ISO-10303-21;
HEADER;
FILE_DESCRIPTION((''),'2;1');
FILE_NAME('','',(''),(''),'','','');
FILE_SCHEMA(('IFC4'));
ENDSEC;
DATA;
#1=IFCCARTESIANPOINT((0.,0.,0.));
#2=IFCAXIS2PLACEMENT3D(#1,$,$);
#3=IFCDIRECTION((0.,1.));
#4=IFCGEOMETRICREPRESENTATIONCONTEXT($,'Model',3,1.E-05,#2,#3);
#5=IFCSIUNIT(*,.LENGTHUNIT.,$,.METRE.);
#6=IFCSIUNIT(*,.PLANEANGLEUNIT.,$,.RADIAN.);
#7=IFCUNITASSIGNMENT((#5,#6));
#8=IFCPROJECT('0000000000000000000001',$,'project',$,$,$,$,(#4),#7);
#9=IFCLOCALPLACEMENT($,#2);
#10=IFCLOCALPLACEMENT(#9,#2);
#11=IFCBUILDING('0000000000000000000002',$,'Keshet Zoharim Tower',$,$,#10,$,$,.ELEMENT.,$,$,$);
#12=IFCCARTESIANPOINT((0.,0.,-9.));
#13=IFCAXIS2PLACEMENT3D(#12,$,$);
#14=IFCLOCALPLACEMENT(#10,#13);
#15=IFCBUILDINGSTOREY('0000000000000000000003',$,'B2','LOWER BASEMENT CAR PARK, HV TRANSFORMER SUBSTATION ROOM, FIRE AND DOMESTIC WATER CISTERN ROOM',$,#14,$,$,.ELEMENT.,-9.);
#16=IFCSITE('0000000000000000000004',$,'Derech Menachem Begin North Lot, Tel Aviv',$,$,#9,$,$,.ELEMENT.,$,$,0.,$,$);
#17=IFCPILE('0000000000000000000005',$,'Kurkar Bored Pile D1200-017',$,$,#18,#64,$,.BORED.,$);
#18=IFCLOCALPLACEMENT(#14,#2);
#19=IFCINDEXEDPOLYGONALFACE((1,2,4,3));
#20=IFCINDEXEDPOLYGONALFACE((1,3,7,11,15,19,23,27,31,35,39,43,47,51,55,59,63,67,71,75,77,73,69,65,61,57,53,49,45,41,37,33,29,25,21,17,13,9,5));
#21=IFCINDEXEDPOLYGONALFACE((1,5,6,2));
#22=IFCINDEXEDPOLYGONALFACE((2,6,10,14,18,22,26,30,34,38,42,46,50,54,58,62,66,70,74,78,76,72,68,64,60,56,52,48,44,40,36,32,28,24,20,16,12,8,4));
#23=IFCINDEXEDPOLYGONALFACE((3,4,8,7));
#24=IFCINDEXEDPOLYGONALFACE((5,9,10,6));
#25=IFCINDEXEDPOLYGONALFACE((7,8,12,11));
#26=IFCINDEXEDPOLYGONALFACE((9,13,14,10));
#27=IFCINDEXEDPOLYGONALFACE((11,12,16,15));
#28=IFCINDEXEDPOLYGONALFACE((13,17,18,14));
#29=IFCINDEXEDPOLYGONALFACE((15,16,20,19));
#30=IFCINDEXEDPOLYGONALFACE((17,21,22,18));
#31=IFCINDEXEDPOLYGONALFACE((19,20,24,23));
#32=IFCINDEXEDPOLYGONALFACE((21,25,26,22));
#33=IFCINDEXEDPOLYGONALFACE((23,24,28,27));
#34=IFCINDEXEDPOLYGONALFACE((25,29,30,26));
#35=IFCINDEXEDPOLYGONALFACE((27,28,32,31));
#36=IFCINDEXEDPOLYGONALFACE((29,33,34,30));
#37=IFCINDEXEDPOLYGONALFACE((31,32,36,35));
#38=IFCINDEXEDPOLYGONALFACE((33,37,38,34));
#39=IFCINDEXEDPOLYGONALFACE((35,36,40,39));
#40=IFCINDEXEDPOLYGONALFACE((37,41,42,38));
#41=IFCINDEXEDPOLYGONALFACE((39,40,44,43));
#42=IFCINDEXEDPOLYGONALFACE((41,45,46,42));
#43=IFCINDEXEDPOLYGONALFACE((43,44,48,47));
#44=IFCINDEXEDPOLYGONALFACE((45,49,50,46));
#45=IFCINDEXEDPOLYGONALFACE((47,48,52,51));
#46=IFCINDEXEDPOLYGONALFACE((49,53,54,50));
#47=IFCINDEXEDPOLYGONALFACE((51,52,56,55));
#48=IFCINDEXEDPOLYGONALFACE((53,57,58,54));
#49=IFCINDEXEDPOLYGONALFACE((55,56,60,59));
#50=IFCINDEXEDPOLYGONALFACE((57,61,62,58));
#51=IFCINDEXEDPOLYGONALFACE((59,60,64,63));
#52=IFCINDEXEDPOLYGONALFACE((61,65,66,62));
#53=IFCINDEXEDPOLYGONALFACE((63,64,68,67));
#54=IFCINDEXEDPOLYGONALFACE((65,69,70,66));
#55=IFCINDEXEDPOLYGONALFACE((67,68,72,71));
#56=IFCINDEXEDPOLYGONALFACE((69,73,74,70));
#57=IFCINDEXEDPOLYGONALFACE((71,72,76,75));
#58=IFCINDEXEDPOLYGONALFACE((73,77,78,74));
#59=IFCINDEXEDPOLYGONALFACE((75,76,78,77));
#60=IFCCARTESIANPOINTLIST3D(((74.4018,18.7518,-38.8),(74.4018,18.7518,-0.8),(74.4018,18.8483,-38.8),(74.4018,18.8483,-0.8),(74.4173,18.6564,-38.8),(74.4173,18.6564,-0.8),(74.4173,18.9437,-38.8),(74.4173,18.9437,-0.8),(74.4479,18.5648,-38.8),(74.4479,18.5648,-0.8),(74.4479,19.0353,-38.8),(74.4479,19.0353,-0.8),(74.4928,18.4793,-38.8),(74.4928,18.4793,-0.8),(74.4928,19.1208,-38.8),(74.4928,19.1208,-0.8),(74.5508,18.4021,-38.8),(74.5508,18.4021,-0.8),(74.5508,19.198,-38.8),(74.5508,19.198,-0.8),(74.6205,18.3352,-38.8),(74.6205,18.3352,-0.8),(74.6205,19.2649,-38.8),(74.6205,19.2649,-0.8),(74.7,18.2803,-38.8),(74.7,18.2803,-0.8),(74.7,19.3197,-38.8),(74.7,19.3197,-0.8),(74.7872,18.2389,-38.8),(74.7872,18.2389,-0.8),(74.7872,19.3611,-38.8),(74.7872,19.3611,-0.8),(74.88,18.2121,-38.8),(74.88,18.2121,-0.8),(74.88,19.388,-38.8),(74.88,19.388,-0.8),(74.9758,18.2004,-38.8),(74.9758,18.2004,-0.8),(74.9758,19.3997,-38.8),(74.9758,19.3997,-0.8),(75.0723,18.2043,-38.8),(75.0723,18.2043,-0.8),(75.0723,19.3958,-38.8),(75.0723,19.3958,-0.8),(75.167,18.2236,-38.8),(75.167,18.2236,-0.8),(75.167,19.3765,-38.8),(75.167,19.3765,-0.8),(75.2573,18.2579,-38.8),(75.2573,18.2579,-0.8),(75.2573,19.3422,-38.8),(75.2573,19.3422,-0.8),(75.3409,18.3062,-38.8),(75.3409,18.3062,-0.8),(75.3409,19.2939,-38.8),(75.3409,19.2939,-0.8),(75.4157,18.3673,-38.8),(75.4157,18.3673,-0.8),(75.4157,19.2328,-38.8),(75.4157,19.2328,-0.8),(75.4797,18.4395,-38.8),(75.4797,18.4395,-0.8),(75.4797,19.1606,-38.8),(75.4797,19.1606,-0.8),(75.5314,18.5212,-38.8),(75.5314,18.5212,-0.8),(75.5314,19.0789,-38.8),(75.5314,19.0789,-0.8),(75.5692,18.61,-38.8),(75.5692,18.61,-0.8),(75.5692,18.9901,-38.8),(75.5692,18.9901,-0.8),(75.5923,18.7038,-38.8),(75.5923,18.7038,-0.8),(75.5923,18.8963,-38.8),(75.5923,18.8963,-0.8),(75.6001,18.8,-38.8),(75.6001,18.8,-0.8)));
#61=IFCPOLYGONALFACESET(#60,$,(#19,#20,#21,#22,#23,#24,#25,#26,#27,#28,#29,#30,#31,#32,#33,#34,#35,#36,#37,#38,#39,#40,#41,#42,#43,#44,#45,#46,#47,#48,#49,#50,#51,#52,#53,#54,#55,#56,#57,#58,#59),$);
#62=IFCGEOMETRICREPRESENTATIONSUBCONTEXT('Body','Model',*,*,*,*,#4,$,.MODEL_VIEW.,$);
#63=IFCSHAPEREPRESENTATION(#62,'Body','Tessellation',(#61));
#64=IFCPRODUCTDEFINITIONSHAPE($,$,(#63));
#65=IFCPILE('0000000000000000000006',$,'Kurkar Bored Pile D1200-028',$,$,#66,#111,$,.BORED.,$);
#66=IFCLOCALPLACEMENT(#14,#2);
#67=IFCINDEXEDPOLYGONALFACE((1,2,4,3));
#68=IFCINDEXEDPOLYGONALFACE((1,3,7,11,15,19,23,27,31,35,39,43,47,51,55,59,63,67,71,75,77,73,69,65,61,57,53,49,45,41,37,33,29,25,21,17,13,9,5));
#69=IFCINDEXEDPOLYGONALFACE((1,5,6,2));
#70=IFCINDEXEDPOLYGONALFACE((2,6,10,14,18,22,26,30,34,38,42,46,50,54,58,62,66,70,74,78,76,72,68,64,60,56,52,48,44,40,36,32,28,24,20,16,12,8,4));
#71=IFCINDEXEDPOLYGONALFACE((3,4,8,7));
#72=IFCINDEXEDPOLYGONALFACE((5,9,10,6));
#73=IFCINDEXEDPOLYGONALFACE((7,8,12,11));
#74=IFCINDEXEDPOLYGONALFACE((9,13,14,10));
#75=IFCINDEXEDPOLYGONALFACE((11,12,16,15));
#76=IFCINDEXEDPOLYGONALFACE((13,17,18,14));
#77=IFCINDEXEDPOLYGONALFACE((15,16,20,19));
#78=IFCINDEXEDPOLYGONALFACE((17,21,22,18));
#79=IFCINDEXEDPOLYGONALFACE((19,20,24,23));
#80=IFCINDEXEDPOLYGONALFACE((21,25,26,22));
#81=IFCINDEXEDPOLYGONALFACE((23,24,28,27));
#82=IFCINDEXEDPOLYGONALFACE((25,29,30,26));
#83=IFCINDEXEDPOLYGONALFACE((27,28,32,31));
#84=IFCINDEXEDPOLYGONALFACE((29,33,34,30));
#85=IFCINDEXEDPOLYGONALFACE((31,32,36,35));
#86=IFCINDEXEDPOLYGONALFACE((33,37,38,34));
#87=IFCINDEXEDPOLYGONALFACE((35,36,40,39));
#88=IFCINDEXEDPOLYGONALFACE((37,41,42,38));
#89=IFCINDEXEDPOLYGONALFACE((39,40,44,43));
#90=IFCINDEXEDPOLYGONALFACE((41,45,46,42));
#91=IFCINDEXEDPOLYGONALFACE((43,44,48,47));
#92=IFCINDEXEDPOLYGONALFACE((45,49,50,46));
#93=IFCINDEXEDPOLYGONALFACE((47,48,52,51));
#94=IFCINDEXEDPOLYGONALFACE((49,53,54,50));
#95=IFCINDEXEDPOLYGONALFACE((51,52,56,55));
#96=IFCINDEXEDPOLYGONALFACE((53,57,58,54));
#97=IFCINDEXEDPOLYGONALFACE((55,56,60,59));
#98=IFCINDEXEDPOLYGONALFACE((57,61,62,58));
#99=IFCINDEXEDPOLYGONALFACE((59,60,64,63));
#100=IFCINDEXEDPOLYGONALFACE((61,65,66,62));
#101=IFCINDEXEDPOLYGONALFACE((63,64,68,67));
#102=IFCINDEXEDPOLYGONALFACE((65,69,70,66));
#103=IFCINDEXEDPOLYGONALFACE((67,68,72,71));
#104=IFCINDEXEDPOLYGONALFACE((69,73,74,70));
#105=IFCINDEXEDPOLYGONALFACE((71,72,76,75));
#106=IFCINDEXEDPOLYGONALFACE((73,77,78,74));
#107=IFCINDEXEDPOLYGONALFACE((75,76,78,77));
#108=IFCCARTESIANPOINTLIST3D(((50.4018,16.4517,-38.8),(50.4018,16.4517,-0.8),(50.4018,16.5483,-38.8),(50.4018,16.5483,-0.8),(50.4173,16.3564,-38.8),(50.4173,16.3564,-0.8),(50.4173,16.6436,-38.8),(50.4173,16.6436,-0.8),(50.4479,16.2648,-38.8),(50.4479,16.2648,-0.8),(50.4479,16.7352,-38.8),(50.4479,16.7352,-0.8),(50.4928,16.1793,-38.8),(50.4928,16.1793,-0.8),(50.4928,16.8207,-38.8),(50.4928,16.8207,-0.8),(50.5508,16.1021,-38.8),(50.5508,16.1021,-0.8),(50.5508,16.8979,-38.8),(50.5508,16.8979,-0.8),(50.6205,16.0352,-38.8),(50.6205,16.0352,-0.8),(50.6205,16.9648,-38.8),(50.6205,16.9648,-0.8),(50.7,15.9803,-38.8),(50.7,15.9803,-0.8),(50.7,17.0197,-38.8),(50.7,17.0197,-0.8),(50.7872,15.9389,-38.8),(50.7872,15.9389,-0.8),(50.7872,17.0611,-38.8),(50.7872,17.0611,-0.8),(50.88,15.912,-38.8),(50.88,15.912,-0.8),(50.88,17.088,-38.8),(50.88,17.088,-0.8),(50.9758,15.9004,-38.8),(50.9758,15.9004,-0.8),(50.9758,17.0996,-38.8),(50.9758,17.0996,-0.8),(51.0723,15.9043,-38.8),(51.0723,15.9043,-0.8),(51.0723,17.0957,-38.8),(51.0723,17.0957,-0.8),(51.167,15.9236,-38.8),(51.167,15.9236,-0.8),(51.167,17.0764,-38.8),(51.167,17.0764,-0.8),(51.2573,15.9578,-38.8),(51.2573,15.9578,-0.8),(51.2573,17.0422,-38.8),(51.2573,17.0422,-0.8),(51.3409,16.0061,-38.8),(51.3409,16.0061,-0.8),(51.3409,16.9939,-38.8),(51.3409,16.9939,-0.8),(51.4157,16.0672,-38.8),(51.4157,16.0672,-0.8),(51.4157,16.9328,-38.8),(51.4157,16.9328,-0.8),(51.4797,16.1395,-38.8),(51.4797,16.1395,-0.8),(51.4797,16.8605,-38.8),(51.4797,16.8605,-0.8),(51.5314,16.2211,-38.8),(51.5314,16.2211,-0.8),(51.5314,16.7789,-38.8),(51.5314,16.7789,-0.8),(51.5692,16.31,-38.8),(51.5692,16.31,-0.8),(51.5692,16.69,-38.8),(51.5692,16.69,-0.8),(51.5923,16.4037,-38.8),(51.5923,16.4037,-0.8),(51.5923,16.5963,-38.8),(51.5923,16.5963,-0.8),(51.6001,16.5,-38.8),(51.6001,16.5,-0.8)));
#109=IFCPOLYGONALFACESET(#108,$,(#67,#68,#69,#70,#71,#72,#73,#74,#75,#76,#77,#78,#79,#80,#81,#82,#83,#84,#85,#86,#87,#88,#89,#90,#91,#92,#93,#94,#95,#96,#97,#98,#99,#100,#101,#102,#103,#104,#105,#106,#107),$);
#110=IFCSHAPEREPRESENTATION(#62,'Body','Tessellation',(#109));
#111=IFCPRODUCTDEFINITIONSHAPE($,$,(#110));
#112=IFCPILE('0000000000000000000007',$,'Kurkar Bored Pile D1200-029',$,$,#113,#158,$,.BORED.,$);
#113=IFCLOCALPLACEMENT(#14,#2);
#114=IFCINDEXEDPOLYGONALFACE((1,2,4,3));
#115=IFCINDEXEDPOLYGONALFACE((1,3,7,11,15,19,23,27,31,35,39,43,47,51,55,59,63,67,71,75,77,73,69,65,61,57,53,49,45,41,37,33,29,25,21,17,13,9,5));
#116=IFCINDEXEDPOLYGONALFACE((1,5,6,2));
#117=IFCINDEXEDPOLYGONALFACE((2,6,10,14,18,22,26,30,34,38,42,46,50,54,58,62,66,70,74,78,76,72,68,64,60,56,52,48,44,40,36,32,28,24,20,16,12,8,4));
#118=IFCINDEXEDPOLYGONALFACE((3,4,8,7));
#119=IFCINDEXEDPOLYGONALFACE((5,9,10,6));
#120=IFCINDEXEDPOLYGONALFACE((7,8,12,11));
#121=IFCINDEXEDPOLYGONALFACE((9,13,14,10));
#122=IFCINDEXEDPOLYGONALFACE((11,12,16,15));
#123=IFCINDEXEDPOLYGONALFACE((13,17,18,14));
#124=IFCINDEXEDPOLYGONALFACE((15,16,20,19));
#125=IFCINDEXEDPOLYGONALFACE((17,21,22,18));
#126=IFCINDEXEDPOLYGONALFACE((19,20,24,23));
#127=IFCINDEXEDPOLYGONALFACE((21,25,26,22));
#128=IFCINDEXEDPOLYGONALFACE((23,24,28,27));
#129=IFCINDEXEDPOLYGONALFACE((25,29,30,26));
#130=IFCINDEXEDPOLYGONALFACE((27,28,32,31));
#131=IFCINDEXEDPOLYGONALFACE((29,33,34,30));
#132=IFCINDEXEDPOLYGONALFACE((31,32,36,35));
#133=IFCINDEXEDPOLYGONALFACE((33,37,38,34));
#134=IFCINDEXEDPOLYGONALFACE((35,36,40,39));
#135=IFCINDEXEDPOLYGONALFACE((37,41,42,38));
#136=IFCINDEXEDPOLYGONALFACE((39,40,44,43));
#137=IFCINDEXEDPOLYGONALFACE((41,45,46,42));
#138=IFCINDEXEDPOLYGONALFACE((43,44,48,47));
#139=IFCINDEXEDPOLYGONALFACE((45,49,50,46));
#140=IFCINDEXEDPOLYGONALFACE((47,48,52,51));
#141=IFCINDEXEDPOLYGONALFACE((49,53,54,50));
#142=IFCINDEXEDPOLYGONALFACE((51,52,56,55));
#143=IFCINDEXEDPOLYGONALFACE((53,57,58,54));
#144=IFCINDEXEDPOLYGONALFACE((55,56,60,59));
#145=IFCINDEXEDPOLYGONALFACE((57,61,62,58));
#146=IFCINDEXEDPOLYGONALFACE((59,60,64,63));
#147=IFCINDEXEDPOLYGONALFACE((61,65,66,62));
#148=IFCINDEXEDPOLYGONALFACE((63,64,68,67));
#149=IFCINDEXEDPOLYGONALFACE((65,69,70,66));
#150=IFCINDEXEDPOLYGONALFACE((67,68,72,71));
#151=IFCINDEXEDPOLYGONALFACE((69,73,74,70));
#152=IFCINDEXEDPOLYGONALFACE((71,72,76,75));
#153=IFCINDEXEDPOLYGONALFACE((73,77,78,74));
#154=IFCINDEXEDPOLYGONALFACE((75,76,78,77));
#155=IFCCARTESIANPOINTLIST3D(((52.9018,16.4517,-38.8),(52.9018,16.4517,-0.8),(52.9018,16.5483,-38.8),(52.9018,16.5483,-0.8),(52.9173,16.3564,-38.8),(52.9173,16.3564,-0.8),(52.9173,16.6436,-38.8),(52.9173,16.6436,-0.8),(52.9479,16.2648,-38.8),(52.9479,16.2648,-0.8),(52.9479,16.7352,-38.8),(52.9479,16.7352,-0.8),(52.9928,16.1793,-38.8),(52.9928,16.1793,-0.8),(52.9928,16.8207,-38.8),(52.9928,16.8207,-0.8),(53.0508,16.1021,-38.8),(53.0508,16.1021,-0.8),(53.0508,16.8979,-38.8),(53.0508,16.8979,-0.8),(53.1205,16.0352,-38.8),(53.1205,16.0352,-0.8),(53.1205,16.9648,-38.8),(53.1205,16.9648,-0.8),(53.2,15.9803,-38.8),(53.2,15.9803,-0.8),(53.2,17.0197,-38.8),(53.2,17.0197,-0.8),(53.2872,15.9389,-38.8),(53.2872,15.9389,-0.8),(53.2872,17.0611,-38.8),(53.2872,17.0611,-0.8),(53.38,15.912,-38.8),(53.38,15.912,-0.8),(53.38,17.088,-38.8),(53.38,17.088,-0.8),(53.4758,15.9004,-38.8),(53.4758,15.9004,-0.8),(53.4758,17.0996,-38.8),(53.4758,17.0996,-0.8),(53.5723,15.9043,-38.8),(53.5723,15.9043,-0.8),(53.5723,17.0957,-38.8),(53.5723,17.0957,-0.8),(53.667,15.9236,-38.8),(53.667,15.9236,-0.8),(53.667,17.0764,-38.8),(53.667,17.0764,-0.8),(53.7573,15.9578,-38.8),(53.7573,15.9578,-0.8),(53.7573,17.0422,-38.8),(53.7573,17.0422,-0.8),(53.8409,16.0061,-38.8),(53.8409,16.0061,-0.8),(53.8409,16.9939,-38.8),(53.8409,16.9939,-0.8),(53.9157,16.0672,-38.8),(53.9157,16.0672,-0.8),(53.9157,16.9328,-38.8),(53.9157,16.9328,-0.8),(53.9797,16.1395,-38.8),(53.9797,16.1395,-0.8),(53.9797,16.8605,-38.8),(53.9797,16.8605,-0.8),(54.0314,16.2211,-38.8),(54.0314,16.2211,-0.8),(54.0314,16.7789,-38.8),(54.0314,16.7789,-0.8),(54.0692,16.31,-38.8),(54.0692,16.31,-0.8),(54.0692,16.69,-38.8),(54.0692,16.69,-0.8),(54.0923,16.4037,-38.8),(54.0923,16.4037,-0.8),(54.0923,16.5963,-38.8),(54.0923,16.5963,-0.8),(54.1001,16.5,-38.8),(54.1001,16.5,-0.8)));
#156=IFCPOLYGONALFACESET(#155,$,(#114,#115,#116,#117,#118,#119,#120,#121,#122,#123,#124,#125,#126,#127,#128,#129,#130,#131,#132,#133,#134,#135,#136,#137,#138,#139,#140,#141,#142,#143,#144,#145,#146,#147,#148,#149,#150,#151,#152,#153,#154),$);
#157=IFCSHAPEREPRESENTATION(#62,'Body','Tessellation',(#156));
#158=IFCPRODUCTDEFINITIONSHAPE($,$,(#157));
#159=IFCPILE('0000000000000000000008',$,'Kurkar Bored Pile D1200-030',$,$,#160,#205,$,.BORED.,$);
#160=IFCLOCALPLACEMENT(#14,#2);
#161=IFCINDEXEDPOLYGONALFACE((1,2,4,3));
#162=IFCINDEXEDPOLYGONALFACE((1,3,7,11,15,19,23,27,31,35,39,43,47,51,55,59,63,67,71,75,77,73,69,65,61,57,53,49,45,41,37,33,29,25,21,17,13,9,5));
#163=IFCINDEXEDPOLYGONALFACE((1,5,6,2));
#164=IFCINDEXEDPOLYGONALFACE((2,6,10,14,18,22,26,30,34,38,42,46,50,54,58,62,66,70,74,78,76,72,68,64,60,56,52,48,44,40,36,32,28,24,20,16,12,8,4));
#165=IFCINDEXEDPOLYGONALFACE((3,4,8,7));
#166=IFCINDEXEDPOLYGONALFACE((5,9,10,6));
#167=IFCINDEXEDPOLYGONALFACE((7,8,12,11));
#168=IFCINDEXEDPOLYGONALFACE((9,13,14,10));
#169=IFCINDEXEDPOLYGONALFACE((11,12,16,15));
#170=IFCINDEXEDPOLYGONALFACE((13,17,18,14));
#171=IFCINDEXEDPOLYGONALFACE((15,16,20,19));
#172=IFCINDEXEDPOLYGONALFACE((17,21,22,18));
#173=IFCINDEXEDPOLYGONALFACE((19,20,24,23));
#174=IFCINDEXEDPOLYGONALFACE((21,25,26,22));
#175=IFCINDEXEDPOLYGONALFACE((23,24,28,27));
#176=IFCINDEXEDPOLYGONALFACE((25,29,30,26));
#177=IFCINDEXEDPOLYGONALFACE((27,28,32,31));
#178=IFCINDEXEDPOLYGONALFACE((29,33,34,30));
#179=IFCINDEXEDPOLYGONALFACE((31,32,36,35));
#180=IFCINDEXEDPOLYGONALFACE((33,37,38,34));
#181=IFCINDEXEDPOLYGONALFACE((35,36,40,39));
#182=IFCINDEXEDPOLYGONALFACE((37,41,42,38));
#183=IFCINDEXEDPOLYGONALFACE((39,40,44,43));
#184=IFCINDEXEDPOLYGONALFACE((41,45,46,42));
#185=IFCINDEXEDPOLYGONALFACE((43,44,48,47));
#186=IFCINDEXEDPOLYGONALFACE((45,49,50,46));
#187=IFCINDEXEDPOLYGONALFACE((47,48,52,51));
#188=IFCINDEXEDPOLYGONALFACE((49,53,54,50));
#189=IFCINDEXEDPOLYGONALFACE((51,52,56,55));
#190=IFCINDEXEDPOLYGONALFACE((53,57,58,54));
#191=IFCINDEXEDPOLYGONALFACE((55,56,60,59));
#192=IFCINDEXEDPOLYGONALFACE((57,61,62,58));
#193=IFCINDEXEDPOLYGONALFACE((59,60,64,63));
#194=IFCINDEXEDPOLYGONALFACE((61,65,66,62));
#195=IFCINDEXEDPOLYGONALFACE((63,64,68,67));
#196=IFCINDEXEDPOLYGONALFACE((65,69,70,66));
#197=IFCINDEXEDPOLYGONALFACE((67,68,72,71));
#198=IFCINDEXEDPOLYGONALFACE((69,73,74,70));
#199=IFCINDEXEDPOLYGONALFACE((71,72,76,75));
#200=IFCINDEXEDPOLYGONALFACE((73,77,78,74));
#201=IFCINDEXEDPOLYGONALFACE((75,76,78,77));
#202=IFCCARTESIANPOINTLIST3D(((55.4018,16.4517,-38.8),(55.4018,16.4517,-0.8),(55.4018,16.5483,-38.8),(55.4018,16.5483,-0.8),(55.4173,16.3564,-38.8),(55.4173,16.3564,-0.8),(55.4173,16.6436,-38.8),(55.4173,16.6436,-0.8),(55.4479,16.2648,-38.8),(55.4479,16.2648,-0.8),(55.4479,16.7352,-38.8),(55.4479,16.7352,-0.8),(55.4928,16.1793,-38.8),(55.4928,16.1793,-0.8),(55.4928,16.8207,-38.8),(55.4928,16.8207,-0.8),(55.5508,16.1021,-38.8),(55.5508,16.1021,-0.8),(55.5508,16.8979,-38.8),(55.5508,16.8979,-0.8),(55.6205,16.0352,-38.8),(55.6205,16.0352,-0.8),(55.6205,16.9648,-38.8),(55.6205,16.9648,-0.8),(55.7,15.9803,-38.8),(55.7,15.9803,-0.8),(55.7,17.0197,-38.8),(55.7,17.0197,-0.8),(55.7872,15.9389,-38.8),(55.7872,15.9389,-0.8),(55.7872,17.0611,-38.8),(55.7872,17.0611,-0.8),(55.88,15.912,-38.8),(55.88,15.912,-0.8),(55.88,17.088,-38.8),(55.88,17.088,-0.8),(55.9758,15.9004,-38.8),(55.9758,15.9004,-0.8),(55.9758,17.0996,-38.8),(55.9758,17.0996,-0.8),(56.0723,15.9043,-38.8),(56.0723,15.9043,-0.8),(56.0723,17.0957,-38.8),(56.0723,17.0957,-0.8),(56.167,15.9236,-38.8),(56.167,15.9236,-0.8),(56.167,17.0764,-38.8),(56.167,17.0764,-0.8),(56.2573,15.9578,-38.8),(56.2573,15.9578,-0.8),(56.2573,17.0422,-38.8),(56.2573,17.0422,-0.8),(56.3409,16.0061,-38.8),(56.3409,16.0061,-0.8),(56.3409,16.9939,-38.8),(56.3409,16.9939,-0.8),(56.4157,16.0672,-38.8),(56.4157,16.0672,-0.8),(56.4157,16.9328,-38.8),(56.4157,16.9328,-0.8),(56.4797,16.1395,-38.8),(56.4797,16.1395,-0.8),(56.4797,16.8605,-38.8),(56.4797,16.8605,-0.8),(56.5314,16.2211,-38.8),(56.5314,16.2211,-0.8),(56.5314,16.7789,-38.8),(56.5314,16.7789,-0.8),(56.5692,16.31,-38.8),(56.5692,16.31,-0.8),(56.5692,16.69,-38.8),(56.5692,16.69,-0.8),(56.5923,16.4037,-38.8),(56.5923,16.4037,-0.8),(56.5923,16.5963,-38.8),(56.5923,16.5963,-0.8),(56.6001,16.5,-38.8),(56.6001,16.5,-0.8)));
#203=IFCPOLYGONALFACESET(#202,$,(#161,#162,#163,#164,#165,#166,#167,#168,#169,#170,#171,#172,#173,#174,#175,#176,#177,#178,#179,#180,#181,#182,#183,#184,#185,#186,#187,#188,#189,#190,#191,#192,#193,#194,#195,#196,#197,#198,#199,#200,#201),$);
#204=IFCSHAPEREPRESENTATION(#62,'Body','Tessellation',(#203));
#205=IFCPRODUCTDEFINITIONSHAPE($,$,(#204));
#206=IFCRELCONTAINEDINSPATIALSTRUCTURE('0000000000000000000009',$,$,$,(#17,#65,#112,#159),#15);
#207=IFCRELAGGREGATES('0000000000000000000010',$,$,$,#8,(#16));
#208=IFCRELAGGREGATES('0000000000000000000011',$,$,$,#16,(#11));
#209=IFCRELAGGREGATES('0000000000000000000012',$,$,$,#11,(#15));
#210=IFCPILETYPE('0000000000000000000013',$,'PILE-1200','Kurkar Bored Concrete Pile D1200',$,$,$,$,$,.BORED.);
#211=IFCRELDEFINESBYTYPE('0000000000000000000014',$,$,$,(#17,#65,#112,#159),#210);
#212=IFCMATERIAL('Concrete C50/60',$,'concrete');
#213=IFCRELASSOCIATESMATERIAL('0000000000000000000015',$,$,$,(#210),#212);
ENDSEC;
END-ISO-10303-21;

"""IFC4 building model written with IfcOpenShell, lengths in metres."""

from ifc_helpers import new_model, si_unit, direction, frame, origin, origin_2d, place, context, subcontext, project, spatial, circle, extrude, material, material_profile, profile_set, type_object, element, save


model = new_model("IFC4")

# Units and contexts
model_context = context("Model", 3, precision=1e-05, world=origin(), true_north=direction((0.0, 1.0)))
body_context = subcontext(model_context, "Body", "Model", "MODEL_VIEW")
ifc_project = project(units=[si_unit("LENGTHUNIT", "METRE"), si_unit("PLANEANGLEUNIT", "RADIAN")], contexts=[model_context])

# Site, building, storey
site_placement = place(None, origin())
site = spatial("IfcSite", under=ifc_project, at=site_placement, Name="Derech Menachem Begin North Lot, Tel Aviv", CompositionType="ELEMENT", RefElevation=0.0)
building_placement = place(site_placement, origin())
building = spatial("IfcBuilding", under=site, at=building_placement, Name="Keshet Zoharim Tower", CompositionType="ELEMENT")
storey_placement = place(building_placement, frame((0.0, 0.0, -9.0)))
storey = spatial("IfcBuildingStorey", under=building, at=storey_placement, Name="B2", Description="LOWER BASEMENT CAR PARK, HV TRANSFORMER SUBSTATION ROOM, FIRE AND DOMESTIC WATER CISTERN ROOM", CompositionType="ELEMENT", Elevation=-9.0)

# Piles
ifc_material_1 = material(Name="Concrete C50/60", Category="concrete")
ifc_material_profile_1 = material_profile(ifc_material_1, circle(Radius=0.6001, at=origin_2d()), Name="PILE-D1200")
ifc_profile_set_1 = profile_set([ifc_material_profile_1], Name="Concrete C50/60")
pile_type = type_object("IfcPileType", Name="PILE-1200", Description="Kurkar Bored Concrete Pile D1200", PredefinedType="BORED", material=ifc_profile_set_1)
for number, where, z_axis, x_axis, name in (
    (1, (75.0, 18.8, -0.8), (0.0, 0.0, -1.0), (1.0, 0.0, 0.0), "Kurkar Bored Pile D1200-017"),
    (2, (51.0, 16.5, -0.8), (0.0, 0.0, -1.0), (1.0, 0.0, 0.0), "Kurkar Bored Pile D1200-028"),
    (3, (53.5, 16.5, -0.8), (0.0, 0.0, -1.0), (1.0, 0.0, 0.0), "Kurkar Bored Pile D1200-029"),
    (4, (56.0, 16.5, -0.8), (0.0, 0.0, -1.0), (1.0, 0.0, 0.0), "Kurkar Bored Pile D1200-030"),
):
    element("IfcPile", number, at=place(storey_placement, frame(where, z_axis=z_axis, x_axis=x_axis)), inside=storey, type_object=pile_type, Name=name, PredefinedType="BORED", context=body_context, shape_type="SweptSolid", body=[
        extrude(circle(Radius=0.6001, at=origin_2d()), origin(), (0.0, 0.0, 1.0), 38.0),
    ])

save(model, "model.ifc")
